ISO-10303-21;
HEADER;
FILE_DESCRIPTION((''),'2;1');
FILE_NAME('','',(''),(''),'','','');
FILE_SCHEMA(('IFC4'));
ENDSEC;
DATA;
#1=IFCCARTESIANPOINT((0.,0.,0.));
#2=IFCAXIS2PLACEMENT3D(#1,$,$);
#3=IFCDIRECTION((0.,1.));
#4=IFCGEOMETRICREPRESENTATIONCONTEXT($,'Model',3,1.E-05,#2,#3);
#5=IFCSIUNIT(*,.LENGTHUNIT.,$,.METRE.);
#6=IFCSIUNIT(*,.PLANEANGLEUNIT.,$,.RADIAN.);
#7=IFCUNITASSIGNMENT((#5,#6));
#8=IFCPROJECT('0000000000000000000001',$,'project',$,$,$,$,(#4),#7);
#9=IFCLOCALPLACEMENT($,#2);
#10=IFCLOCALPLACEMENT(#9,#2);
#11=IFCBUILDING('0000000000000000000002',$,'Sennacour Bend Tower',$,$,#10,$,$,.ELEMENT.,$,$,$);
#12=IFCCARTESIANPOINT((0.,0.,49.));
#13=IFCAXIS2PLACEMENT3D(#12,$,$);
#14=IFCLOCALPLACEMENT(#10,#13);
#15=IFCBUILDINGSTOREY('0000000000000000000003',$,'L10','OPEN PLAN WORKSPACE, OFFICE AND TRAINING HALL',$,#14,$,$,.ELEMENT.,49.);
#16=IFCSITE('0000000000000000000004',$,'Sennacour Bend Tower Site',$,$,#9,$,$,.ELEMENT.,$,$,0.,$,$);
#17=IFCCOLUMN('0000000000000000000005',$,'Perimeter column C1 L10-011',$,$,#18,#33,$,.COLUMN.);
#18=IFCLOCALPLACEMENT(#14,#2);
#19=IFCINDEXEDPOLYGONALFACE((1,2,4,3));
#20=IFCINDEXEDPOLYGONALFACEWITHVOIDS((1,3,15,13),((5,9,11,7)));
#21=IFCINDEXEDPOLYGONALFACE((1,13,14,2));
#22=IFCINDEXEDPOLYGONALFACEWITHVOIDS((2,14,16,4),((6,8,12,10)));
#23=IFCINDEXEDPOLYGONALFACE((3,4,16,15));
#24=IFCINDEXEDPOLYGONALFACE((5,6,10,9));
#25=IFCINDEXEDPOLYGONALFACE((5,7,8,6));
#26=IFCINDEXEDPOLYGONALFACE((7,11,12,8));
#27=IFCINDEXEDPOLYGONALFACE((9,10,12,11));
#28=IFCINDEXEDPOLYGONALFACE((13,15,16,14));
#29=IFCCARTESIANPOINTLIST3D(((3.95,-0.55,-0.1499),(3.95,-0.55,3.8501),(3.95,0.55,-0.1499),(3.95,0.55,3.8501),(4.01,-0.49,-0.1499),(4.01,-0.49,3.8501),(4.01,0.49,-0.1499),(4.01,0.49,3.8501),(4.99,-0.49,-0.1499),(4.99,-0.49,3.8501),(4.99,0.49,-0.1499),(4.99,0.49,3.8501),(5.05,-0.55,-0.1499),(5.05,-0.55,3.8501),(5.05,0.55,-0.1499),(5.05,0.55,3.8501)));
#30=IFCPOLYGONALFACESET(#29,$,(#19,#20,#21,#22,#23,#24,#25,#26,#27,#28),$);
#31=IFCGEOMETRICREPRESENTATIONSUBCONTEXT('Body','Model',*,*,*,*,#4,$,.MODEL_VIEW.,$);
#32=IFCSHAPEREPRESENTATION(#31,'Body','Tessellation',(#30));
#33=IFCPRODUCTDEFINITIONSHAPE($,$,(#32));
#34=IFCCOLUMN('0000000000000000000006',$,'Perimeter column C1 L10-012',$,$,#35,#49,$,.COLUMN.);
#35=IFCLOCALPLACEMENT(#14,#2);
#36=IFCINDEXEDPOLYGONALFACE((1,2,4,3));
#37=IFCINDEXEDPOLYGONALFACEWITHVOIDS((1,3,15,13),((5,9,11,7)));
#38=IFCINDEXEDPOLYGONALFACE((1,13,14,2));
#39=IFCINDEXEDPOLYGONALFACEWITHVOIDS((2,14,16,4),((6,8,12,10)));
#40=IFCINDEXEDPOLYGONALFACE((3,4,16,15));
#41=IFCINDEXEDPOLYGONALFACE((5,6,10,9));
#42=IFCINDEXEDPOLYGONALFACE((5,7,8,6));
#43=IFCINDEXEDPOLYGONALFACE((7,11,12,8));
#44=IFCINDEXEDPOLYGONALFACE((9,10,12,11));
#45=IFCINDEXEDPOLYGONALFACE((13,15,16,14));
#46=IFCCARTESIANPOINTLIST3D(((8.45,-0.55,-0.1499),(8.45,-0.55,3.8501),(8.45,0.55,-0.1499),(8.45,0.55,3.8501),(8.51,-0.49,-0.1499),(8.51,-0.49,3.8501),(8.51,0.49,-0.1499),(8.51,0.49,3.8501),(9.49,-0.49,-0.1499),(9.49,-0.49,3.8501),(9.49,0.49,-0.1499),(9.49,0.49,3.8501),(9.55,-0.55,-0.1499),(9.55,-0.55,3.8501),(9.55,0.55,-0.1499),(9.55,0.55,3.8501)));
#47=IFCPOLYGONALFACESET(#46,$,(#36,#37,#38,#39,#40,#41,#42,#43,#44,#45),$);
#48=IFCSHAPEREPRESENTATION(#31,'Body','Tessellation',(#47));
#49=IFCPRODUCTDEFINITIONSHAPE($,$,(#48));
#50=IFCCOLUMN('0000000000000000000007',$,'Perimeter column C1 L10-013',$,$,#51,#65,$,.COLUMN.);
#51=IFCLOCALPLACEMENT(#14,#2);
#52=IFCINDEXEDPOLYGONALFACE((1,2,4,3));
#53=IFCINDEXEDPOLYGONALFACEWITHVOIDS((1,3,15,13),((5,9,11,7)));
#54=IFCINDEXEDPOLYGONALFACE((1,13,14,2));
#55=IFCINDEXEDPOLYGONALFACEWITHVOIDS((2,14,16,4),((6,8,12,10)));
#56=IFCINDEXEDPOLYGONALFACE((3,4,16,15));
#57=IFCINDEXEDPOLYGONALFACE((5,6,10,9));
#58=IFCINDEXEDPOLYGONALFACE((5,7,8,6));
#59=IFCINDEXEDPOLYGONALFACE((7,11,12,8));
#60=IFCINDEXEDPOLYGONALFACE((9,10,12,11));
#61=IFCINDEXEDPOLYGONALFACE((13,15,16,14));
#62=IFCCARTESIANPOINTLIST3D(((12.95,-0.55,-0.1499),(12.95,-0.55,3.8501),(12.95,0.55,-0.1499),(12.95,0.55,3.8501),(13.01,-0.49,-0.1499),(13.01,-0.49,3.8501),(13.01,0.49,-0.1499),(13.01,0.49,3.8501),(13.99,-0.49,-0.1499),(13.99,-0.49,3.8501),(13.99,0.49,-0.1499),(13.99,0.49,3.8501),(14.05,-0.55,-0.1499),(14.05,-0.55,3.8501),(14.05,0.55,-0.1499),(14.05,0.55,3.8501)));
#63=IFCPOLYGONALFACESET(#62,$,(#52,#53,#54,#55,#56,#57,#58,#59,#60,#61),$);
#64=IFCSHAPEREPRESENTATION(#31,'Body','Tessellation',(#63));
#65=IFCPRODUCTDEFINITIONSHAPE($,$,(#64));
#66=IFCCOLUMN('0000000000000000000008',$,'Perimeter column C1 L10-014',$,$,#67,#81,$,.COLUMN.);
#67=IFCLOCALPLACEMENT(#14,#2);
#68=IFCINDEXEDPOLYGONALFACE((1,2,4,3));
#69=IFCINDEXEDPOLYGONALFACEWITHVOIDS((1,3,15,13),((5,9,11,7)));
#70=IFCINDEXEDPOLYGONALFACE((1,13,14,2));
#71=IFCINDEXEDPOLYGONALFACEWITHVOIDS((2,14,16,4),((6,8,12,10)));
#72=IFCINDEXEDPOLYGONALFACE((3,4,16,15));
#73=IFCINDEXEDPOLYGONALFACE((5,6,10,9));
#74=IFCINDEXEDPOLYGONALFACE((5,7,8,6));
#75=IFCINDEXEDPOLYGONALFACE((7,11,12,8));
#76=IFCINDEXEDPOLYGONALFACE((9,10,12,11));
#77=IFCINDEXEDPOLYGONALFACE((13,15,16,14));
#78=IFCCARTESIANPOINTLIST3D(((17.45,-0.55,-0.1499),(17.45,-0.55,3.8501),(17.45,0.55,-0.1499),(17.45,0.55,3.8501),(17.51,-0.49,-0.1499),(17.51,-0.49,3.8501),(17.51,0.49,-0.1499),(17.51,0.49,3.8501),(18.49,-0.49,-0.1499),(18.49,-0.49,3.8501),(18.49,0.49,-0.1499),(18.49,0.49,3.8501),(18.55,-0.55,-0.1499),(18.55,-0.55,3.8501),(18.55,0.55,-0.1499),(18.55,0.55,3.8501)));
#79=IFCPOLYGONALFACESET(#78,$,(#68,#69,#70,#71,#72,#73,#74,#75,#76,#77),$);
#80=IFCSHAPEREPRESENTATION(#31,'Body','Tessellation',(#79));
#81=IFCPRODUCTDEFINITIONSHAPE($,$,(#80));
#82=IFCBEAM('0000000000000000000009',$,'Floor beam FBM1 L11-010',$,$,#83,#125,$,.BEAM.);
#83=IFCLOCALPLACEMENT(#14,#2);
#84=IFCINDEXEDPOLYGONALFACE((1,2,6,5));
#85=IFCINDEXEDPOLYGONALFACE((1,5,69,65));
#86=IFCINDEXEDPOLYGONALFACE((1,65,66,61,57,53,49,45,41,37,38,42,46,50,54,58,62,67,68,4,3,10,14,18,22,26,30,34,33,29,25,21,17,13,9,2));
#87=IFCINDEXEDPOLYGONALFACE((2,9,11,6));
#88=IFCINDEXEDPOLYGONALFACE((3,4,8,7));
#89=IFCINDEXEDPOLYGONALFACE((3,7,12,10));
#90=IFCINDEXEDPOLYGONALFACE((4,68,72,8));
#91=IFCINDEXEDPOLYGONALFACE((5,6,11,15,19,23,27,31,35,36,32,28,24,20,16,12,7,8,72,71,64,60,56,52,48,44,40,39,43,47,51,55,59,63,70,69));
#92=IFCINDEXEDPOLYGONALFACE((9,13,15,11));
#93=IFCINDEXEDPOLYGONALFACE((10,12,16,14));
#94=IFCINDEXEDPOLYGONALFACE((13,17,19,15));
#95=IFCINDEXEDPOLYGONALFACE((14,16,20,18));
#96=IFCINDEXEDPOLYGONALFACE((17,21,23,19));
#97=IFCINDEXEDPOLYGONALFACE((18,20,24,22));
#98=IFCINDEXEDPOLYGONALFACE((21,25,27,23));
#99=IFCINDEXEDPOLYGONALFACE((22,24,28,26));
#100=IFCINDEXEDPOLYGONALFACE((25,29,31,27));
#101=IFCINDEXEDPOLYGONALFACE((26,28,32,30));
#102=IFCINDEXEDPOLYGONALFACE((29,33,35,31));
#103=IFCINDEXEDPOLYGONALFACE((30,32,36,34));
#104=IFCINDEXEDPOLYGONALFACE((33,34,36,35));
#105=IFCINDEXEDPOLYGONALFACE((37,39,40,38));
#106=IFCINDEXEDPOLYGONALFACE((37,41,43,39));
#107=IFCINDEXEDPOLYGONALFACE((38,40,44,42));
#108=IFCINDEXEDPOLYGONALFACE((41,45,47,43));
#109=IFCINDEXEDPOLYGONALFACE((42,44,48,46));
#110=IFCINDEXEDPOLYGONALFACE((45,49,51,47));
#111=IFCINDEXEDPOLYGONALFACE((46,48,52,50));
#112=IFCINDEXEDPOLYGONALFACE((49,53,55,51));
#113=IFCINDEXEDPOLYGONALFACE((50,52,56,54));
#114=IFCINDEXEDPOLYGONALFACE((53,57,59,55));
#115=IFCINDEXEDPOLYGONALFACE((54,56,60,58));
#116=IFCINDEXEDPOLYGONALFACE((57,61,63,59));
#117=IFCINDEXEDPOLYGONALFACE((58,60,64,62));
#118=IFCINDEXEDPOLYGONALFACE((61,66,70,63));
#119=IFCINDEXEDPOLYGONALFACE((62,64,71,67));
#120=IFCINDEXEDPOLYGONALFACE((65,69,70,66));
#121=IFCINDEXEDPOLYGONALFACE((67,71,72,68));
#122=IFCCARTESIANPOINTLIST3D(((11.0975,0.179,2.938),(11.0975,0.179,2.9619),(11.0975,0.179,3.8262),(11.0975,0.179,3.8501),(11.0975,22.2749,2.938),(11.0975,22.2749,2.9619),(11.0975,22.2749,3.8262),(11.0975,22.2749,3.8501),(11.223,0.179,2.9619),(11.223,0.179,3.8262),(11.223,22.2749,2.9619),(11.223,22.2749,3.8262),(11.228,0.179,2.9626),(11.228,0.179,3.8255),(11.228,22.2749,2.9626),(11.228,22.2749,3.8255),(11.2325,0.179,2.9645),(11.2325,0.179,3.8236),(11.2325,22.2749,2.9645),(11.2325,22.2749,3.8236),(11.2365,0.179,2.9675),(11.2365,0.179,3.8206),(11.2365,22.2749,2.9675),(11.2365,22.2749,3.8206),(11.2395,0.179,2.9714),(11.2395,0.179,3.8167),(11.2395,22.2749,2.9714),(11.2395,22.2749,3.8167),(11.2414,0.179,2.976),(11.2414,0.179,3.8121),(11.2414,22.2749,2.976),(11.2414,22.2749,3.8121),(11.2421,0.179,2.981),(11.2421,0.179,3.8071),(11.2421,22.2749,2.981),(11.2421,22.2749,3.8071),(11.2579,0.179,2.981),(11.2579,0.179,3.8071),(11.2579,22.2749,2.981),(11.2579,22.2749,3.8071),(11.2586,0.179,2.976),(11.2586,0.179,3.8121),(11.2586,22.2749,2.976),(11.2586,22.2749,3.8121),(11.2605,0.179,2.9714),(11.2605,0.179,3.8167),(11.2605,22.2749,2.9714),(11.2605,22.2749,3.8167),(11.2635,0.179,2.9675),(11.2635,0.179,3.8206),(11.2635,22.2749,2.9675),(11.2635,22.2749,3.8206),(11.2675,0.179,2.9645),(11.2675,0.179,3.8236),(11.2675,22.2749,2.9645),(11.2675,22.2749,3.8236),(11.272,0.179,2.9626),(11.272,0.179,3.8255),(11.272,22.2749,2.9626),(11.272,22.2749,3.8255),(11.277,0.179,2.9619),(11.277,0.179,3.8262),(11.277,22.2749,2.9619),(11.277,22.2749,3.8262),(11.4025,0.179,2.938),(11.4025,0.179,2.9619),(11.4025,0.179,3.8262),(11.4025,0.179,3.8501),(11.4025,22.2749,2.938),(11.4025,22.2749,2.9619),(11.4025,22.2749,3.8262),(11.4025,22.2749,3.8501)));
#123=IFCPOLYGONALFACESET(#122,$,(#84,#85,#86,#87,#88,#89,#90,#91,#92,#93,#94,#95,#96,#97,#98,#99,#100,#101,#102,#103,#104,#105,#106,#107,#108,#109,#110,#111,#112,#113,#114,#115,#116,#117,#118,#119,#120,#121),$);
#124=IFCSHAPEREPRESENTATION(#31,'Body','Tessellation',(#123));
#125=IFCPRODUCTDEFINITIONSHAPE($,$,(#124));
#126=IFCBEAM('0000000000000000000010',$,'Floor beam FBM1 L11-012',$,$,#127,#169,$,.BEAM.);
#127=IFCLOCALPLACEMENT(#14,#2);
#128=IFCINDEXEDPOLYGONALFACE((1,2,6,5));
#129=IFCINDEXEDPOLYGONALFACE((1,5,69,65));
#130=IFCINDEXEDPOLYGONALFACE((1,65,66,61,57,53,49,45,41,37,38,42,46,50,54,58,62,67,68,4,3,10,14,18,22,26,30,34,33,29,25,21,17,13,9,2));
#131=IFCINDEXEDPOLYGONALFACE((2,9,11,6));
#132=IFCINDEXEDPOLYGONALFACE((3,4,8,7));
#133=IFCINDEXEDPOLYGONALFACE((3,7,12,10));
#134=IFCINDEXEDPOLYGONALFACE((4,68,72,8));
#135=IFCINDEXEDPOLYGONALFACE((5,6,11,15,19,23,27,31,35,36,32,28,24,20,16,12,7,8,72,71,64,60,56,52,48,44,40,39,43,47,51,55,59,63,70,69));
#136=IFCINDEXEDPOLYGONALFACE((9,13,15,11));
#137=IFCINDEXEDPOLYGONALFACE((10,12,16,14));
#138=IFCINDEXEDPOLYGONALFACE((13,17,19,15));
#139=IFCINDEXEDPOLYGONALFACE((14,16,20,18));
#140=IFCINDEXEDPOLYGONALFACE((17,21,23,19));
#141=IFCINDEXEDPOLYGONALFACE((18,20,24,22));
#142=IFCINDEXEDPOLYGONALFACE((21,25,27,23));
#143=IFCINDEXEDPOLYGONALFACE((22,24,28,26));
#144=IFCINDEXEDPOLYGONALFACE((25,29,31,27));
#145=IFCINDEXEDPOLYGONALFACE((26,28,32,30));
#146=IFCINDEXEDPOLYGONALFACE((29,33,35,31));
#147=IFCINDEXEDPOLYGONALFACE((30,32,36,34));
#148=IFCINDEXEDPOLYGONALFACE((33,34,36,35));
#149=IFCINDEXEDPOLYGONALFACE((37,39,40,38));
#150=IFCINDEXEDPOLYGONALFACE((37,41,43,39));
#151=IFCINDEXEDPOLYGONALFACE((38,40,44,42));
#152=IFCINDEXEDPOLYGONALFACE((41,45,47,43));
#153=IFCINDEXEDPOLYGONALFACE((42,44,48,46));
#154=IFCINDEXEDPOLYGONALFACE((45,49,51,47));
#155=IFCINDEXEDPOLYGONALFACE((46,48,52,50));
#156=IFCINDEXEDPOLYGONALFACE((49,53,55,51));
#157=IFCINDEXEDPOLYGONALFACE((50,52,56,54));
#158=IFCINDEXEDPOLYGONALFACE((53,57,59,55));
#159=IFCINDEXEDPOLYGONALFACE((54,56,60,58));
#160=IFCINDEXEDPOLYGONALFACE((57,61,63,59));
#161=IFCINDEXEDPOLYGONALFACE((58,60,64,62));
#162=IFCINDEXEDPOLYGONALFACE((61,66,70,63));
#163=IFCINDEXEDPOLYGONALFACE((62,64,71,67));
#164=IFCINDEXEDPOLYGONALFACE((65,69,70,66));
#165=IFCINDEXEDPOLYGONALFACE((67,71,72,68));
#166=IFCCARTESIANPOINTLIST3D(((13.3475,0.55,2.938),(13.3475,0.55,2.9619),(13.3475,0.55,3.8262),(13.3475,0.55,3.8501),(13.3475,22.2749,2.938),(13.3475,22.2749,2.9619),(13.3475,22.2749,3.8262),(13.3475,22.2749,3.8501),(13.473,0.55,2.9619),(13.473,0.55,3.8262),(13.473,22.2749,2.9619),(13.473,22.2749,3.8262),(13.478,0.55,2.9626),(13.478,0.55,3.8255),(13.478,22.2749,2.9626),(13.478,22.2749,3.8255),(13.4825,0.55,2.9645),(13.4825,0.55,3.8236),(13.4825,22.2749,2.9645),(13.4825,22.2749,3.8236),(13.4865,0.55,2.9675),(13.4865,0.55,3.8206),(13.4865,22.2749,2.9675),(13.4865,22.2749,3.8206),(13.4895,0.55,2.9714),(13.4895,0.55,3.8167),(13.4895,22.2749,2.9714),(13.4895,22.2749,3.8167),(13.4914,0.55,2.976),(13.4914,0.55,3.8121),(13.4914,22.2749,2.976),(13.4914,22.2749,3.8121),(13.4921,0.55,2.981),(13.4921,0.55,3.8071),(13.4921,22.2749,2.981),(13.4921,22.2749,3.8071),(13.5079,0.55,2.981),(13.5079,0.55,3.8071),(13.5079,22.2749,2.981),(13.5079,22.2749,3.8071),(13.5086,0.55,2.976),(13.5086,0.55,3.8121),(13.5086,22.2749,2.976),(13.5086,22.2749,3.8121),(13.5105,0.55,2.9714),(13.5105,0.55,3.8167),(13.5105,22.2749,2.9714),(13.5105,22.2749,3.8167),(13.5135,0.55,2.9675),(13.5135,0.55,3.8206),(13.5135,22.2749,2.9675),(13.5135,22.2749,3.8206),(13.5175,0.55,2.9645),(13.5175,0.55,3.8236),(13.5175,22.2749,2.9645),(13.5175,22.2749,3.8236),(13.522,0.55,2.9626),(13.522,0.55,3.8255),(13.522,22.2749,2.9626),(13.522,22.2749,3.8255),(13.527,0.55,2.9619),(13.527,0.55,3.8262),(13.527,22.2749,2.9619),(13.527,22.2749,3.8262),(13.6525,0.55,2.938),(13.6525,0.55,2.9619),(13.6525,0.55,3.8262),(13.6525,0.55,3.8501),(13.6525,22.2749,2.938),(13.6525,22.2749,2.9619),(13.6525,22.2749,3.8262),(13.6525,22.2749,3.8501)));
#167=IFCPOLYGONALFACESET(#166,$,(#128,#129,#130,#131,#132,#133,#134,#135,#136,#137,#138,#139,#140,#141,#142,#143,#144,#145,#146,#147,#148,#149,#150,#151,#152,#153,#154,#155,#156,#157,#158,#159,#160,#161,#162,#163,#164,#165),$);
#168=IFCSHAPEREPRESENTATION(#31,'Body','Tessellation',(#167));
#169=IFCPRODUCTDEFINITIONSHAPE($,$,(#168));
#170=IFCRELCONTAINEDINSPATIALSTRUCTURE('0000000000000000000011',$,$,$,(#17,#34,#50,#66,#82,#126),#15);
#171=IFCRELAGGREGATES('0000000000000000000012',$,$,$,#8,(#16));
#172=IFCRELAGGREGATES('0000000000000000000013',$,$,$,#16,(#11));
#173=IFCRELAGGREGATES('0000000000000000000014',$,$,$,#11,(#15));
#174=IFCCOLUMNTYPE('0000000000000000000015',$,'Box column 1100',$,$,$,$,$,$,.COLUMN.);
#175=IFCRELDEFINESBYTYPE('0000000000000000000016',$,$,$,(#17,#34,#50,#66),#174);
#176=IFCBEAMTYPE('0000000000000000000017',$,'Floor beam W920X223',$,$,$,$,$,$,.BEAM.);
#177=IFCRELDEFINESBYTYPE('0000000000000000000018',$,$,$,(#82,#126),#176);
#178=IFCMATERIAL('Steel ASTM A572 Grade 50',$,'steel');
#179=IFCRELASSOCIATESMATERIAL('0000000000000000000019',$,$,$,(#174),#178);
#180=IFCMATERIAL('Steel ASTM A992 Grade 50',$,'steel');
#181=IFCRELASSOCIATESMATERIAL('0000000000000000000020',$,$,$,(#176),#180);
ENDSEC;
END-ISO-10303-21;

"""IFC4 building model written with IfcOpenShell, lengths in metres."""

from ifc_helpers import new_model, si_unit, direction, frame, origin, origin_2d, place, context, subcontext, project, spatial, hollow_rectangle, i_section, extrude, material, material_profile, profile_set, type_object, element, save


model = new_model("IFC4")

# Units and contexts
model_context = context("Model", 3, precision=1e-05, world=origin(), true_north=direction((0.0, 1.0)))
body_context = subcontext(model_context, "Body", "Model", "MODEL_VIEW")
ifc_project = project(units=[si_unit("LENGTHUNIT", "METRE"), si_unit("PLANEANGLEUNIT", "RADIAN")], contexts=[model_context])

# Site, building, storey
site_placement = place(None, origin())
site = spatial("IfcSite", under=ifc_project, at=site_placement, Name="Sennacour Bend Tower Site", CompositionType="ELEMENT", RefElevation=0.0)
building_placement = place(site_placement, origin())
building = spatial("IfcBuilding", under=site, at=building_placement, Name="Sennacour Bend Tower", CompositionType="ELEMENT")
storey_placement = place(building_placement, frame((0.0, 0.0, 49.0)))
storey = spatial("IfcBuildingStorey", under=building, at=storey_placement, Name="L10", Description="OPEN PLAN WORKSPACE, OFFICE AND TRAINING HALL", CompositionType="ELEMENT", Elevation=49.0)

# Columns
ifc_material_1 = material(Name="Steel ASTM A572 Grade 50", Category="steel")
ifc_material_profile_1 = material_profile(ifc_material_1, hollow_rectangle(XDim=1.1001, YDim=1.1001, WallThickness=0.0601, at=origin_2d()), Name="Steel ASTM A572 Grade 50", Category="steel")
ifc_profile_set_1 = profile_set([ifc_material_profile_1], Name="Steel ASTM A572 Grade 50")
column_type = type_object("IfcColumnType", Name="Box column 1100", PredefinedType="COLUMN", material=ifc_profile_set_1)
for number, where, z_axis, x_axis, name in (
    (1, (4.5, 0.0, -0.1499), (0.0, 0.0, 1.0), (1.0, 0.0, 0.0), "Perimeter column C1 L10-011"),
    (2, (9.0, 0.0, -0.1499), (0.0, 0.0, 1.0), (1.0, 0.0, 0.0), "Perimeter column C1 L10-012"),
    (3, (13.5, 0.0, -0.1499), (0.0, 0.0, 1.0), (1.0, 0.0, 0.0), "Perimeter column C1 L10-013"),
    (4, (18.0, 0.0, -0.1499), (0.0, 0.0, 1.0), (1.0, 0.0, 0.0), "Perimeter column C1 L10-014"),
):
    element("IfcColumn", number, at=place(storey_placement, frame(where, z_axis=z_axis, x_axis=x_axis)), inside=storey, type_object=column_type, Name=name, PredefinedType="COLUMN", context=body_context, shape_type="SweptSolid", body=[
        extrude(hollow_rectangle(XDim=1.1001, YDim=1.1001, WallThickness=0.0601, at=origin_2d()), origin(), (0.0, 0.0, 1.0), 4.0),
    ])

# Beams
ifc_material_2 = material(Name="Steel ASTM A992 Grade 50", Category="steel")
ifc_material_profile_2 = material_profile(ifc_material_2, i_section(OverallWidth=0.3049, OverallDepth=0.9121, WebThickness=0.0159, FlangeThickness=0.0239, FilletRadius=0.019, at=origin_2d()), Name="Steel ASTM A992 Grade 50", Category="steel")
ifc_profile_set_2 = profile_set([ifc_material_profile_2], Name="Steel ASTM A992 Grade 50")
beam_type_1 = type_object("IfcBeamType", Name="Floor beam W920X223", PredefinedType="BEAM", material=ifc_profile_set_2)
beam_1_placement = place(storey_placement, frame((11.25, 0.179, 3.394), z_axis=(0.0, 1.0, 0.0), x_axis=(-1.0, 0.0, 0.0)))
element("IfcBeam", 5, at=beam_1_placement, inside=storey, type_object=beam_type_1, Name="Floor beam FBM1 L11-010", PredefinedType="BEAM", context=body_context, shape_type="SweptSolid", body=[
    extrude(i_section(OverallWidth=0.3049, OverallDepth=0.9121, WebThickness=0.0159, FlangeThickness=0.0239, FilletRadius=0.019, at=origin_2d()), origin(), (0.0, 0.0, 1.0), 22.0959),
])
beam_2_placement = place(storey_placement, frame((13.5, 0.55, 3.394), z_axis=(0.0, 1.0, 0.0), x_axis=(-1.0, 0.0, 0.0)))
element("IfcBeam", 6, at=beam_2_placement, inside=storey, type_object=beam_type_1, Name="Floor beam FBM1 L11-012", PredefinedType="BEAM", context=body_context, shape_type="SweptSolid", body=[
    extrude(i_section(OverallWidth=0.3049, OverallDepth=0.9121, WebThickness=0.0159, FlangeThickness=0.0239, FilletRadius=0.019, at=origin_2d()), origin(), (0.0, 0.0, 1.0), 21.7249),
])

save(model, "model.ifc")
